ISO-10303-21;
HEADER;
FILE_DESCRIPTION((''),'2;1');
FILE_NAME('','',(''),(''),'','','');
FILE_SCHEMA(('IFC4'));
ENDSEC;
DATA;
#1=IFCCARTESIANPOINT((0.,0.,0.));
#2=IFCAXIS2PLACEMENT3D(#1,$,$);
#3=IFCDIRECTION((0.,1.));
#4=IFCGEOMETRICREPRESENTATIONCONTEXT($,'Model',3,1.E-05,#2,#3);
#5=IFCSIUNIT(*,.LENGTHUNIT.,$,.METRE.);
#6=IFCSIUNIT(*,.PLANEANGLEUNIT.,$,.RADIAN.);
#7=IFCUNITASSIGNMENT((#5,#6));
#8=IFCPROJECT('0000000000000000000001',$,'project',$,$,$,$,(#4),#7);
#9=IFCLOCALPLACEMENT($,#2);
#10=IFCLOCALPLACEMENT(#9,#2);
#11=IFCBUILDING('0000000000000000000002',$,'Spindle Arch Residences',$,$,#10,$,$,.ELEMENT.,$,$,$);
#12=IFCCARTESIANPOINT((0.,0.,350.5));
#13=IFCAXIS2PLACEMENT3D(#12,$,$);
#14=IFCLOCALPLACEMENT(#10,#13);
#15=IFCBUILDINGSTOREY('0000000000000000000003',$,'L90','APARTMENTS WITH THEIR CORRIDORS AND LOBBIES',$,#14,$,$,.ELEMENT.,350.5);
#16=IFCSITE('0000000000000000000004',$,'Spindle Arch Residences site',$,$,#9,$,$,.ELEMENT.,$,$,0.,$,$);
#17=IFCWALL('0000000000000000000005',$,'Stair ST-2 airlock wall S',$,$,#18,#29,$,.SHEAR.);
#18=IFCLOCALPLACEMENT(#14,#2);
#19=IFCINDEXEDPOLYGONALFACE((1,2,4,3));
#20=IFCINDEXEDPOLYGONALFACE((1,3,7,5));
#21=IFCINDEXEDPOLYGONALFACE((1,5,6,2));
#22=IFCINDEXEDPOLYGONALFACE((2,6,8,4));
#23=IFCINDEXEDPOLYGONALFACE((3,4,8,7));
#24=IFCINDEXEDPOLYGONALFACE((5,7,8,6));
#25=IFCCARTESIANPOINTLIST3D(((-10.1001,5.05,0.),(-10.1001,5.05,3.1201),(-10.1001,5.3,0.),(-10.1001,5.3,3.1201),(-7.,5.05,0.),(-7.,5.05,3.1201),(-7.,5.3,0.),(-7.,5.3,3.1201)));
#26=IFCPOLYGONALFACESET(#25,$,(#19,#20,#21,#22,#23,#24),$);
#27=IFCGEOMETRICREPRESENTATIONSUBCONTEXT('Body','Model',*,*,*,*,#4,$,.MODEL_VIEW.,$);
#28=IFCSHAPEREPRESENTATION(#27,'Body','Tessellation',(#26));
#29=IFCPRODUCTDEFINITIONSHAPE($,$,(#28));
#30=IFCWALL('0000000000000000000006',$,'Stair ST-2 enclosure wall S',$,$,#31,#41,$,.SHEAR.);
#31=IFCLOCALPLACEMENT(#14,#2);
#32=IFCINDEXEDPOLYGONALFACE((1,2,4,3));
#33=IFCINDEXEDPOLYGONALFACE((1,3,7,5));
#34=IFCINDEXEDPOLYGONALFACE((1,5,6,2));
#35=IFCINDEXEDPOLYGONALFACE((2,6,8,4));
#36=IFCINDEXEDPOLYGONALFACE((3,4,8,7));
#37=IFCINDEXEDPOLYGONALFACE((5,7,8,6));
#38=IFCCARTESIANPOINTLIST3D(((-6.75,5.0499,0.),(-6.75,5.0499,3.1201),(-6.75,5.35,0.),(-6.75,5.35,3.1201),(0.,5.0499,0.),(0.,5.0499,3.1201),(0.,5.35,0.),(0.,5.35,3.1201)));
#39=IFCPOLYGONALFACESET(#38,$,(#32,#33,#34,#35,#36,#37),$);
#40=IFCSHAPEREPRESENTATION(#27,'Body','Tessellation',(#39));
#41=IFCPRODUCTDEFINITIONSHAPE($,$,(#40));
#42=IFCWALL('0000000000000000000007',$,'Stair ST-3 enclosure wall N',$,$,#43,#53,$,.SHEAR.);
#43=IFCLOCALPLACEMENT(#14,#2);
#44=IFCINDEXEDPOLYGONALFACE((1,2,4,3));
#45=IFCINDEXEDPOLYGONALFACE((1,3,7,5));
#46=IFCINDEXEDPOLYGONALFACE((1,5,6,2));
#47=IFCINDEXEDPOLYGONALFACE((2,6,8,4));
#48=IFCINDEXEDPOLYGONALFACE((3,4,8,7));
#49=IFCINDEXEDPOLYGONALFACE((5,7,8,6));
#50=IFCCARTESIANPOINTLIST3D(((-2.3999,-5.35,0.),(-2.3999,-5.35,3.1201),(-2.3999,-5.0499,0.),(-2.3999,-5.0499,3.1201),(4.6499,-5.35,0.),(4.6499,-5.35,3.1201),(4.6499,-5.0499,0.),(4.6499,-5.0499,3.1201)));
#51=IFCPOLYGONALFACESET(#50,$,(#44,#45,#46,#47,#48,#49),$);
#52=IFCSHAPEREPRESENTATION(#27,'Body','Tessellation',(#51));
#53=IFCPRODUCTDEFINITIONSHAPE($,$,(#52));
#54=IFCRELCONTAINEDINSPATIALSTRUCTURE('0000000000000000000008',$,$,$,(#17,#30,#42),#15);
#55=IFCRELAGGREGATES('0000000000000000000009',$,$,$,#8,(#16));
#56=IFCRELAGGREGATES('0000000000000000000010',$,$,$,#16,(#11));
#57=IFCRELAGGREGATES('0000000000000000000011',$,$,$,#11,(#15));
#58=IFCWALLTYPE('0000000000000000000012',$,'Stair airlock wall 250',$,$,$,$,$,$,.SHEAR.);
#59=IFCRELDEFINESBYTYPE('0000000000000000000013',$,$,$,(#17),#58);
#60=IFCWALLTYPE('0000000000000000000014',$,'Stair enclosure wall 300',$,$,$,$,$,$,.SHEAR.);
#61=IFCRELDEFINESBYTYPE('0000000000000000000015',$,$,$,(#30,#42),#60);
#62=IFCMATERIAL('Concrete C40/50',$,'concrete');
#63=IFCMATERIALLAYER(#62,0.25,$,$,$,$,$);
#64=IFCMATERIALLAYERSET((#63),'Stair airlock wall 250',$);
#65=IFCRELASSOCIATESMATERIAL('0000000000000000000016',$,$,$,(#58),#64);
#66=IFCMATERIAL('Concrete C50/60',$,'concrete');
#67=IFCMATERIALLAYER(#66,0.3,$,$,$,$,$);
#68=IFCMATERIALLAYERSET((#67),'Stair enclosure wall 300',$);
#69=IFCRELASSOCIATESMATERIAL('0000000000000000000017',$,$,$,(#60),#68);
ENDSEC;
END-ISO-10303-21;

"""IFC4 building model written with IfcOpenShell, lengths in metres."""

from ifc_helpers import new_model, si_unit, direction, frame, frame_2d, origin, place, context, subcontext, project, spatial, rectangle, extrude, material, layer, layer_set, type_object, element, save


model = new_model("IFC4")

# Units and contexts
model_context = context("Model", 3, precision=1e-05, world=origin(), true_north=direction((0.0, 1.0)))
body_context = subcontext(model_context, "Body", "Model", "MODEL_VIEW")
ifc_project = project(units=[si_unit("LENGTHUNIT", "METRE"), si_unit("PLANEANGLEUNIT", "RADIAN")], contexts=[model_context])

# Site, building, storey
site_placement = place(None, origin())
site = spatial("IfcSite", under=ifc_project, at=site_placement, Name="Spindle Arch Residences site", CompositionType="ELEMENT", RefElevation=0.0)
building_placement = place(site_placement, origin())
building = spatial("IfcBuilding", under=site, at=building_placement, Name="Spindle Arch Residences", CompositionType="ELEMENT")
storey_placement = place(building_placement, frame((0.0, 0.0, 350.5)))
storey = spatial("IfcBuildingStorey", under=building, at=storey_placement, Name="L90", Description="APARTMENTS WITH THEIR CORRIDORS AND LOBBIES", CompositionType="ELEMENT", Elevation=350.5)

# Walls
ifc_material_1 = material(Name="Concrete C40/50", Category="concrete")
ifc_layer_1 = layer(ifc_material_1, 0.25)
ifc_layer_set_1 = layer_set([ifc_layer_1], Name="Stair airlock wall 250")
wall_type_1 = type_object("IfcWallType", Name="Stair airlock wall 250", PredefinedType="SHEAR", material=ifc_layer_set_1)
wall_1_placement = place(storey_placement, frame((-7.0, 5.175, 0.0), z_axis=(0.0, 0.0, 1.0), x_axis=(-1.0, 0.0, 0.0)))
element("IfcWall", 1, at=wall_1_placement, inside=storey, type_object=wall_type_1, Name="Stair ST-2 airlock wall S", PredefinedType="SHEAR", context=body_context, shape_type="SweptSolid", body=[
    extrude(rectangle(XDim=3.1001, YDim=0.25, at=frame_2d((1.55, 0.0))), origin(), (0.0, 0.0, 1.0), 3.1201),
])
ifc_material_2 = material(Name="Concrete C50/60", Category="concrete")
ifc_layer_2 = layer(ifc_material_2, 0.3)
ifc_layer_set_2 = layer_set([ifc_layer_2], Name="Stair enclosure wall 300")
wall_type_2 = type_object("IfcWallType", Name="Stair enclosure wall 300", PredefinedType="SHEAR", material=ifc_layer_set_2)
wall_2_placement = place(storey_placement, frame((-6.75, 5.2, 0.0), z_axis=(0.0, 0.0, 1.0), x_axis=(1.0, 0.0, 0.0)))
element("IfcWall", 2, at=wall_2_placement, inside=storey, type_object=wall_type_2, Name="Stair ST-2 enclosure wall S", PredefinedType="SHEAR", context=body_context, shape_type="SweptSolid", body=[
    extrude(rectangle(XDim=6.75, YDim=0.3, at=frame_2d((3.375, 0.0))), origin(), (0.0, 0.0, 1.0), 3.1201),
])
wall_3_placement = place(storey_placement, frame((-2.3999, -5.2, 0.0), z_axis=(0.0, 0.0, 1.0), x_axis=(1.0, 0.0, 0.0)))
element("IfcWall", 3, at=wall_3_placement, inside=storey, type_object=wall_type_2, Name="Stair ST-3 enclosure wall N", PredefinedType="SHEAR", context=body_context, shape_type="SweptSolid", body=[
    extrude(rectangle(XDim=7.0498, YDim=0.3, at=frame_2d((3.5249, 0.0))), origin(), (0.0, 0.0, 1.0), 3.1201),
])

save(model, "model.ifc")
